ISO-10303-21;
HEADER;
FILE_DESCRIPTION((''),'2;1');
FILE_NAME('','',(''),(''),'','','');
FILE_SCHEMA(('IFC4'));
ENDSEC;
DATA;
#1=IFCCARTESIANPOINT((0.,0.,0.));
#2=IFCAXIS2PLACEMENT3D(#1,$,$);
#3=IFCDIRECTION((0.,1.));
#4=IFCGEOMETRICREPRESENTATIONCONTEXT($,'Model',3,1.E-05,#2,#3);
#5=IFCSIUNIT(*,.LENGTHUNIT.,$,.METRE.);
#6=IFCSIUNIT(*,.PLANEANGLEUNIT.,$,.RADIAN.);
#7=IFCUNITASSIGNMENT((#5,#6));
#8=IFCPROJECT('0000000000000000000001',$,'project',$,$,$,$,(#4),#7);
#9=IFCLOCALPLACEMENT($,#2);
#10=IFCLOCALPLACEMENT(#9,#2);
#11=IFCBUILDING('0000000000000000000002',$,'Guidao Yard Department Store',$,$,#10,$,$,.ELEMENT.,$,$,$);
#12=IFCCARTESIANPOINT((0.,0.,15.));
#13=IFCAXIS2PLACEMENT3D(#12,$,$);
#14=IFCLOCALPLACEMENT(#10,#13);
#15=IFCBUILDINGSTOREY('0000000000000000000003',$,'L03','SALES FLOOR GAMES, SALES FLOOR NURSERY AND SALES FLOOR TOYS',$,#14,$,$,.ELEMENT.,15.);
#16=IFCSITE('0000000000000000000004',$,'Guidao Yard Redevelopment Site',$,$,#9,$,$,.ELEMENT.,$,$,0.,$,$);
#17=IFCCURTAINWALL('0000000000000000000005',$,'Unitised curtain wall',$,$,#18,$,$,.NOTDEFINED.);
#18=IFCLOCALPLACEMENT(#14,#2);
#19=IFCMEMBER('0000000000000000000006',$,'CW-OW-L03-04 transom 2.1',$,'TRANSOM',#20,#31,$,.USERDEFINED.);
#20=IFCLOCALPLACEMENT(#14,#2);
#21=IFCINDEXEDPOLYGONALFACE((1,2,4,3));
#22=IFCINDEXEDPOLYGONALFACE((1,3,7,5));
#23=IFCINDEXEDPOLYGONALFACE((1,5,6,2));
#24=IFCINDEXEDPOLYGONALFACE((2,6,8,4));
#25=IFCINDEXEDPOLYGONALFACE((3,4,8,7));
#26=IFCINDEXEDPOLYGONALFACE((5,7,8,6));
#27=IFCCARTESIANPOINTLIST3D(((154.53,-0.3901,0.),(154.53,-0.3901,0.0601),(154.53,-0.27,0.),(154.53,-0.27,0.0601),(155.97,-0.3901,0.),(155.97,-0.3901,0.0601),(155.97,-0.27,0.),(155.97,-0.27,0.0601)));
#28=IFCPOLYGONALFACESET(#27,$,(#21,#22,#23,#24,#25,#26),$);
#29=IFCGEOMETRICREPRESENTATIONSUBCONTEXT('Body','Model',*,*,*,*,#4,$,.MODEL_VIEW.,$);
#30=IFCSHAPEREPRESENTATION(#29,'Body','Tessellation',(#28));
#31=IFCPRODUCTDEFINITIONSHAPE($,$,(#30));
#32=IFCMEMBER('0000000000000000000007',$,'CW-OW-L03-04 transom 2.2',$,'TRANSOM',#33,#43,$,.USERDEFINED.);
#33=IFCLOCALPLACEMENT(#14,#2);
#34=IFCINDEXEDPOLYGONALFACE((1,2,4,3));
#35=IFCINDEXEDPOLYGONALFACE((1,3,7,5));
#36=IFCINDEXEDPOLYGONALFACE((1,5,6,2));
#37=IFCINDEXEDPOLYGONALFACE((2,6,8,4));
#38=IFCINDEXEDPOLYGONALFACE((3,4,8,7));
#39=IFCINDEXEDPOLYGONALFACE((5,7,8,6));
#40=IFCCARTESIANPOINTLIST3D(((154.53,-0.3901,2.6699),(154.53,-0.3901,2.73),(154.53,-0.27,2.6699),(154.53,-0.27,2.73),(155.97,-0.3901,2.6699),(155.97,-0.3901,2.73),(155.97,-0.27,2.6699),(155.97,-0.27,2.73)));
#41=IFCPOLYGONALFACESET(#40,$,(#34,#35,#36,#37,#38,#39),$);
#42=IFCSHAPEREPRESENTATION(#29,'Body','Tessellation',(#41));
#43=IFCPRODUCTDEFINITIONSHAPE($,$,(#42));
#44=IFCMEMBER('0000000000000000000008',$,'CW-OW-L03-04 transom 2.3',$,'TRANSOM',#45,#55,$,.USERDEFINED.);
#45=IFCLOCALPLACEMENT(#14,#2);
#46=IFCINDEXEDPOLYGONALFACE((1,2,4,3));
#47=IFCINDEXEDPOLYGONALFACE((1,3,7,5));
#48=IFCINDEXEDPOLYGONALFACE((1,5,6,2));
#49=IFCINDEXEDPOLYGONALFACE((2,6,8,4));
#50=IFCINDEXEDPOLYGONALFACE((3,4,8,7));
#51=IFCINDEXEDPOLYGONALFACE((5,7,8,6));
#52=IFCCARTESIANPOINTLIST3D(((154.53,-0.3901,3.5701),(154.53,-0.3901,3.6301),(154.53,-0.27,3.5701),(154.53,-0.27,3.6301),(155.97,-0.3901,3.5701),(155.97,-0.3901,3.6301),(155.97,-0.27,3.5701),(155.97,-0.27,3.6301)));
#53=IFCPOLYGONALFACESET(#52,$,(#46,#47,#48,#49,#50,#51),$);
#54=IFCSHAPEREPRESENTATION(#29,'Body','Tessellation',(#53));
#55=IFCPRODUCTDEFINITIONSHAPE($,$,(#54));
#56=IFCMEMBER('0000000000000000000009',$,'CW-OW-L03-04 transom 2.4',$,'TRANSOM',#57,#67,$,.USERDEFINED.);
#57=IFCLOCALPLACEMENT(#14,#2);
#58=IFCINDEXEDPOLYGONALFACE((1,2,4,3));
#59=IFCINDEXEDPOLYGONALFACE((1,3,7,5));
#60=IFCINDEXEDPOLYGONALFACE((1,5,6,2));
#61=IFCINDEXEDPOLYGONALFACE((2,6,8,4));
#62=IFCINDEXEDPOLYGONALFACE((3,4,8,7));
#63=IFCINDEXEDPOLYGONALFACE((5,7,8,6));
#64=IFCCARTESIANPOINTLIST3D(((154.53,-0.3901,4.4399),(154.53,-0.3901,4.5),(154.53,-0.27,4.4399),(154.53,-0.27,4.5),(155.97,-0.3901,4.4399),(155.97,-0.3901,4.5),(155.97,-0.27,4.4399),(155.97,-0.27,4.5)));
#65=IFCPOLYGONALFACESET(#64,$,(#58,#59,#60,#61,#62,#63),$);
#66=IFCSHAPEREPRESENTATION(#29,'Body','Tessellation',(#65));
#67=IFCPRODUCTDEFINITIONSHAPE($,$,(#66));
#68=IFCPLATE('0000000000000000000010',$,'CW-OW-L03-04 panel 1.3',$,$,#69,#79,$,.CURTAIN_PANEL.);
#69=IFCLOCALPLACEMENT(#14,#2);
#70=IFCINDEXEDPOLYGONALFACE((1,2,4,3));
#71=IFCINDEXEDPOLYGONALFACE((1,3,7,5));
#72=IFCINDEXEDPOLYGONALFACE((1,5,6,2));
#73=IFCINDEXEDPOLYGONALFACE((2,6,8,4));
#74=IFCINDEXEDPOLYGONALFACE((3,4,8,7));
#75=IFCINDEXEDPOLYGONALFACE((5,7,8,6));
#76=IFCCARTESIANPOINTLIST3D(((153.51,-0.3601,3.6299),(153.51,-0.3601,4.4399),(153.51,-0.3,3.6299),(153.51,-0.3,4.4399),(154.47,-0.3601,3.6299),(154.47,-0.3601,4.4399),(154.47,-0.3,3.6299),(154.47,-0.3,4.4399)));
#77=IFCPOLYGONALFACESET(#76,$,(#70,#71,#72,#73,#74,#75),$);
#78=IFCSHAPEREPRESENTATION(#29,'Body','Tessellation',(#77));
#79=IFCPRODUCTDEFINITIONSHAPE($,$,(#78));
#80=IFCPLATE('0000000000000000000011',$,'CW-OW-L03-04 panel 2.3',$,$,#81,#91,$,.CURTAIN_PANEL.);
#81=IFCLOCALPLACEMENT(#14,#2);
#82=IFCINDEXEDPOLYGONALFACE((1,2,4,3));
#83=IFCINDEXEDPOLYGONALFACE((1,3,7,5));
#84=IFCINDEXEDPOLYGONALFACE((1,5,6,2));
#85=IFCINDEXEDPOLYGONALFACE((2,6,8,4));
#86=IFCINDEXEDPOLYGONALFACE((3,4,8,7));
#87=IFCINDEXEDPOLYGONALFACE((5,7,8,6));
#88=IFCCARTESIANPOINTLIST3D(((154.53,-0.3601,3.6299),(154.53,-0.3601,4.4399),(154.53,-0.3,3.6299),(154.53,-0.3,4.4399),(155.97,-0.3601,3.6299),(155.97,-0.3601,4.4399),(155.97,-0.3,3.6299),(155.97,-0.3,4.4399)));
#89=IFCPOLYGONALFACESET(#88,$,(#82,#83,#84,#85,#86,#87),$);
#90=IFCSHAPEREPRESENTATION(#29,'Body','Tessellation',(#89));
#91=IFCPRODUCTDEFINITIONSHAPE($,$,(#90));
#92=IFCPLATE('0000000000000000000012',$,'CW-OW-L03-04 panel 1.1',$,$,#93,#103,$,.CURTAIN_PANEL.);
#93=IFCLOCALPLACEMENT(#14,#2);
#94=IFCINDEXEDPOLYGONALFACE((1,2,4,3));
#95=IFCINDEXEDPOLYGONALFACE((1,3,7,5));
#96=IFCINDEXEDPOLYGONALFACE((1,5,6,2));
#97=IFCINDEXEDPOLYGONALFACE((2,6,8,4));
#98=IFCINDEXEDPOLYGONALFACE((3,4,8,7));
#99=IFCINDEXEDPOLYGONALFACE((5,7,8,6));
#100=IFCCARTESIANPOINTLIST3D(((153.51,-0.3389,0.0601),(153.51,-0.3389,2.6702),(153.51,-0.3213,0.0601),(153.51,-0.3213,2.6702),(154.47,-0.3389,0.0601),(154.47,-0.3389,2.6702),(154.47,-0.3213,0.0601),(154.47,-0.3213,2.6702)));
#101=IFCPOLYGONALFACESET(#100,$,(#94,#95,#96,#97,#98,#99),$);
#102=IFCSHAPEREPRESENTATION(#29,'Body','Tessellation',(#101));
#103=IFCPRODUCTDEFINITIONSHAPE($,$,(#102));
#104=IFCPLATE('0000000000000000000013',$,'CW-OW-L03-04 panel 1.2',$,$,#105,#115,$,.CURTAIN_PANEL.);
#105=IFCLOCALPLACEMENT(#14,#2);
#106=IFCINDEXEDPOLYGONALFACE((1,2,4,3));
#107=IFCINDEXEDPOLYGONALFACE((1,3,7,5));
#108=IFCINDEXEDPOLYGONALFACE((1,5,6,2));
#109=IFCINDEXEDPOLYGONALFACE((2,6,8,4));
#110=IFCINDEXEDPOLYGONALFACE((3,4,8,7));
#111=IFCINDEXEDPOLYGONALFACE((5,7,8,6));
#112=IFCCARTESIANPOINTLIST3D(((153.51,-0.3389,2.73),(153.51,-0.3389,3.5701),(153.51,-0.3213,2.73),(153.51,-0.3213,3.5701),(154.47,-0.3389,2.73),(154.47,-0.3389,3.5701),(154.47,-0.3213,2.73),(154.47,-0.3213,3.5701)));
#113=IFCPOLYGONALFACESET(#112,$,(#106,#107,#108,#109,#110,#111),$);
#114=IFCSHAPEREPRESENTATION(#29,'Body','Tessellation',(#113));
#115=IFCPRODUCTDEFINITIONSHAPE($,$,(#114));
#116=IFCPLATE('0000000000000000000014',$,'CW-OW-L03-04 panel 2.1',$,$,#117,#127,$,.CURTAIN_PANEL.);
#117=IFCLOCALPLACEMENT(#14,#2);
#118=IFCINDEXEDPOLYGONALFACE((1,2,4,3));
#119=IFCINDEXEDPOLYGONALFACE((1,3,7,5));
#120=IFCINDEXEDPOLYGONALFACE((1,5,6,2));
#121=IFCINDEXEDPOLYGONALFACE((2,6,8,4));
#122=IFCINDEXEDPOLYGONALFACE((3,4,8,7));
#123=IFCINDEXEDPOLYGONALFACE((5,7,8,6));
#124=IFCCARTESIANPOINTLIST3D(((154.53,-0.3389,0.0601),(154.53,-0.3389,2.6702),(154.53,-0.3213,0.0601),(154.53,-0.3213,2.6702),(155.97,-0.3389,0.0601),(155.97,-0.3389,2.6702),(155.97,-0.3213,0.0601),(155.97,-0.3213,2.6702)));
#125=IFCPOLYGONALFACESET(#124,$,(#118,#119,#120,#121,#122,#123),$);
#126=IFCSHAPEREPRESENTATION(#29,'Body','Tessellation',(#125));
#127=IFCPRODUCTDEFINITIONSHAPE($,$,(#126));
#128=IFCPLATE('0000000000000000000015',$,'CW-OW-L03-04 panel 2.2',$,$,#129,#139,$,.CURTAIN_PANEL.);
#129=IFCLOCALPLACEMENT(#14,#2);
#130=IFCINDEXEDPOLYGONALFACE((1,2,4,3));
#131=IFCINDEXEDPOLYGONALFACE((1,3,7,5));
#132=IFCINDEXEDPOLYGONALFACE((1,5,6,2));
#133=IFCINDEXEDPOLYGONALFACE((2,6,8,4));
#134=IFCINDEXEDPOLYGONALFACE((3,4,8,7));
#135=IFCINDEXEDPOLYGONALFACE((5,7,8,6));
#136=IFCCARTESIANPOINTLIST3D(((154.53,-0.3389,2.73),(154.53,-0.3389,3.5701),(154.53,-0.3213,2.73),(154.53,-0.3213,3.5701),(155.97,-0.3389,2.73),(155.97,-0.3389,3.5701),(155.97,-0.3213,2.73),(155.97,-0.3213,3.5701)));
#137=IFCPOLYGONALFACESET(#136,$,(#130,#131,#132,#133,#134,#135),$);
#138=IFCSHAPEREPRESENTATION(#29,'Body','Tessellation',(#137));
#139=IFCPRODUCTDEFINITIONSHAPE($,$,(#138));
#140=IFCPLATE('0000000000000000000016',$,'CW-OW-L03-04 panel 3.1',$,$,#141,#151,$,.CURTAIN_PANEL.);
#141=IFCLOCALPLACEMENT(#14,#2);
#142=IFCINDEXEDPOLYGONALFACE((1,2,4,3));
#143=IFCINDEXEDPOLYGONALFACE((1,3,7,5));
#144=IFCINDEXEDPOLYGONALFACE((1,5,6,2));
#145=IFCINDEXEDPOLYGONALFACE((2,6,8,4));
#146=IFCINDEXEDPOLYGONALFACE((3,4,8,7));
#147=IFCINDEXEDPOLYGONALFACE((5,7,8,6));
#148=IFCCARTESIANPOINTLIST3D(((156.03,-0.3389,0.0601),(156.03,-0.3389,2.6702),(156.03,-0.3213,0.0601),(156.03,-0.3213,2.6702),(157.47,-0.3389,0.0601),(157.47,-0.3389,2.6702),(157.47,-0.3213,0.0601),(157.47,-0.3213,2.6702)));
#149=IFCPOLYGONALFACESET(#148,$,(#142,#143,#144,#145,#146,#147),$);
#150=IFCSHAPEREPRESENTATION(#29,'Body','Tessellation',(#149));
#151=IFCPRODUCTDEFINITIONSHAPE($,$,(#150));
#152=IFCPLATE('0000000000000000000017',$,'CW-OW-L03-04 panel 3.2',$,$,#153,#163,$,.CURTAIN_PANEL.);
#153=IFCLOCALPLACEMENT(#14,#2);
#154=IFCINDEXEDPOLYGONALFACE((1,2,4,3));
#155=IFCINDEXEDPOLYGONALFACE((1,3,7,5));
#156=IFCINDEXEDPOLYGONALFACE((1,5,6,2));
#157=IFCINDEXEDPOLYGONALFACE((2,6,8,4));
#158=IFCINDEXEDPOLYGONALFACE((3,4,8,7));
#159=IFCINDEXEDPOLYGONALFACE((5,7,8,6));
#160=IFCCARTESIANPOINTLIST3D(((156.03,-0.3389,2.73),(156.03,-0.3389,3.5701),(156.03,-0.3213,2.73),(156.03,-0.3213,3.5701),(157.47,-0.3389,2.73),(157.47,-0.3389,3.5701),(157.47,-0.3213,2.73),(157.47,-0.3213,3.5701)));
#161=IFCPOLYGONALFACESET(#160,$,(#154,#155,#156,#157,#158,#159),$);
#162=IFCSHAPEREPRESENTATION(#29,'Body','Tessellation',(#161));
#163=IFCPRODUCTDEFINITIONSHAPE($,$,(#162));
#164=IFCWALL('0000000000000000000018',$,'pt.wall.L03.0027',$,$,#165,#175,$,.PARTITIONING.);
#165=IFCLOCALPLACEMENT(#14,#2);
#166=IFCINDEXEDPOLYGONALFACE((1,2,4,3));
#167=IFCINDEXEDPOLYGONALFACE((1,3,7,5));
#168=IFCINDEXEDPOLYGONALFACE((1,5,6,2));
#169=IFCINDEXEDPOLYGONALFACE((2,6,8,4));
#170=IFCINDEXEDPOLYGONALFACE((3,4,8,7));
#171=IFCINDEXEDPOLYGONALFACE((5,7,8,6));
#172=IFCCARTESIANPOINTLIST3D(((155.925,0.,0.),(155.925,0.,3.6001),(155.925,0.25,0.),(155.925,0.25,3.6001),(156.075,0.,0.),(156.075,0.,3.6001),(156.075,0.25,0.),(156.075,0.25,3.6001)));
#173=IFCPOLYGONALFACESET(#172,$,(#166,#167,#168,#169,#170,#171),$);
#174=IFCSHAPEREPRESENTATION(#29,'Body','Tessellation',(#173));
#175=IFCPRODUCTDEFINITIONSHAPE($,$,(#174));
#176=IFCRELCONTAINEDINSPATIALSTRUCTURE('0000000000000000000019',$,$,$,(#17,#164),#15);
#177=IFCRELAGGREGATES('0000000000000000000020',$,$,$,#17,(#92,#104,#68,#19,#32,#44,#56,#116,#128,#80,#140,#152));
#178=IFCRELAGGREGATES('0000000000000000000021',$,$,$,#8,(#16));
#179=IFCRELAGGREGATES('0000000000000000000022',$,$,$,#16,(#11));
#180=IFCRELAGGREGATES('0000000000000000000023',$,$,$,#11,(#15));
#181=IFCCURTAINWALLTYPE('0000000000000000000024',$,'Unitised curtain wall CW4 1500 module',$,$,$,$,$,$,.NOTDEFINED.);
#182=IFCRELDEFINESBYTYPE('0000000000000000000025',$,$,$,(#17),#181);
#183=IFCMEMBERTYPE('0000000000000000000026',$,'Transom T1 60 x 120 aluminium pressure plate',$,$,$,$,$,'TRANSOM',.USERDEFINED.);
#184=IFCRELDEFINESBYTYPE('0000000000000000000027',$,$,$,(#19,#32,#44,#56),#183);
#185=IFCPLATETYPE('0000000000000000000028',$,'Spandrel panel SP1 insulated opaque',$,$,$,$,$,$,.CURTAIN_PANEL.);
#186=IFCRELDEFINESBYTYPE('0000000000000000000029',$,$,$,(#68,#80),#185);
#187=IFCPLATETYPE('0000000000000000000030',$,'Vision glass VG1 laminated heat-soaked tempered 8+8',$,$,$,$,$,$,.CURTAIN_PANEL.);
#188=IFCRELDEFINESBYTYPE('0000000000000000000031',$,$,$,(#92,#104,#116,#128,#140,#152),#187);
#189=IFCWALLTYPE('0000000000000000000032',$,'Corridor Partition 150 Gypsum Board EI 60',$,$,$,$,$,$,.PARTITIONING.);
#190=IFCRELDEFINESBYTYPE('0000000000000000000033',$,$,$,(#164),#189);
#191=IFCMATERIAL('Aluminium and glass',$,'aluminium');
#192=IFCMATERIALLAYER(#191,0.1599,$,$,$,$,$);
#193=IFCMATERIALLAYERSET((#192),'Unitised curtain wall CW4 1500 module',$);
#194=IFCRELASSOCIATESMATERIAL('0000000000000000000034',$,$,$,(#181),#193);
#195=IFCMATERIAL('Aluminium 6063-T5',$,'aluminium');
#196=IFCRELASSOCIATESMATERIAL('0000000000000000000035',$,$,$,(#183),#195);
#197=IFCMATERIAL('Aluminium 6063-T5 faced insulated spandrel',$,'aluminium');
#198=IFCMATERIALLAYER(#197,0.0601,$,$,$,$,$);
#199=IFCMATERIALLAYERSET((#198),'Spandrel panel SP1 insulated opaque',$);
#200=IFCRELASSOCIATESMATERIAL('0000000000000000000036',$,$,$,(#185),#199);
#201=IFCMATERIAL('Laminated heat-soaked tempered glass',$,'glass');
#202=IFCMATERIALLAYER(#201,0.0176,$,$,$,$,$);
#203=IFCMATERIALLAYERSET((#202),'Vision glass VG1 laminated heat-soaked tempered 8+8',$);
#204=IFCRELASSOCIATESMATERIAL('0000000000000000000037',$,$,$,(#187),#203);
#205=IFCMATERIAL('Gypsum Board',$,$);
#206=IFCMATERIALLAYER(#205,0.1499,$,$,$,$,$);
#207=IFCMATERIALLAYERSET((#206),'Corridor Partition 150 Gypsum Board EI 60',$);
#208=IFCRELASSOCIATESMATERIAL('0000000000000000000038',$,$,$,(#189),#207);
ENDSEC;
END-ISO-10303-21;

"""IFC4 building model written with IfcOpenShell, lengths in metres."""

from ifc_helpers import new_model, si_unit, direction, frame, frame_2d, origin, origin_2d, place, context, subcontext, project, spatial, rectangle, extrude, material, layer, layer_set, material_profile, profile_set, type_object, element, aggregate, save


model = new_model("IFC4")

# Units and contexts
model_context = context("Model", 3, precision=1e-05, world=origin(), true_north=direction((0.0, 1.0)))
body_context = subcontext(model_context, "Body", "Model", "MODEL_VIEW")
ifc_project = project(units=[si_unit("LENGTHUNIT", "METRE"), si_unit("PLANEANGLEUNIT", "RADIAN")], contexts=[model_context])

# Site, building, storey
site_placement = place(None, origin())
site = spatial("IfcSite", under=ifc_project, at=site_placement, Name="Guidao Yard Redevelopment Site", CompositionType="ELEMENT", RefElevation=0.0)
building_placement = place(site_placement, origin())
building = spatial("IfcBuilding", under=site, at=building_placement, Name="Guidao Yard Department Store", CompositionType="ELEMENT")
storey_placement = place(building_placement, frame((0.0, 0.0, 15.0)))
storey = spatial("IfcBuildingStorey", under=building, at=storey_placement, Name="L03", Description="SALES FLOOR GAMES, SALES FLOOR NURSERY AND SALES FLOOR TOYS", CompositionType="ELEMENT", Elevation=15.0)

# Shared definitions
ifc_material_1 = material(Name="Aluminium and glass", Category="aluminium")
ifc_layer_1 = layer(ifc_material_1, 0.1599)
ifc_layer_set_1 = layer_set([ifc_layer_1], Name="Unitised curtain wall CW4 1500 module")
curtain_wall_type = type_object("IfcCurtainWallType", Name="Unitised curtain wall CW4 1500 module", PredefinedType="NOTDEFINED", material=ifc_layer_set_1)

# Curtain wall
curtain_wall_1_placement = place(storey_placement, origin())
curtain_wall_1 = element("IfcCurtainWall", 1, at=curtain_wall_1_placement, inside=storey, type_object=curtain_wall_type, Name="Unitised curtain wall", PredefinedType="NOTDEFINED")

# Members
ifc_material_2 = material(Name="Aluminium 6063-T5", Category="aluminium")
ifc_material_profile_1 = material_profile(ifc_material_2, rectangle(XDim=0.1201, YDim=0.0601, at=origin_2d()), Name="Transom T1 60 x 120 aluminium pressure plate")
ifc_profile_set_1 = profile_set([ifc_material_profile_1], Name="Aluminium 6063-T5")
member_type_1 = type_object("IfcMemberType", Name="Transom T1 60 x 120 aluminium pressure plate", ElementType="TRANSOM", PredefinedType="USERDEFINED", material=ifc_profile_set_1)
member_1_placement = place(storey_placement, frame((155.97, -0.3301, 0.03), z_axis=(-1.0, 0.0, 0.0), x_axis=(0.0, -1.0, 0.0)))
member_1 = element("IfcMember", 2, at=member_1_placement, type_object=member_type_1, Name="CW-OW-L03-04 transom 2.1", ObjectType="TRANSOM", PredefinedType="USERDEFINED", context=body_context, shape_type="SweptSolid", body=[
    extrude(rectangle(XDim=0.1201, YDim=0.0601, at=origin_2d()), origin(), (0.0, 0.0, 1.0), 1.4399),
])
member_2_placement = place(storey_placement, frame((155.97, -0.3301, 2.7), z_axis=(-1.0, 0.0, 0.0), x_axis=(0.0, -1.0, 0.0)))
member_2 = element("IfcMember", 3, at=member_2_placement, type_object=member_type_1, Name="CW-OW-L03-04 transom 2.2", ObjectType="TRANSOM", PredefinedType="USERDEFINED", context=body_context, shape_type="SweptSolid", body=[
    extrude(rectangle(XDim=0.1201, YDim=0.0601, at=origin_2d()), origin(), (0.0, 0.0, 1.0), 1.4399),
])
member_3_placement = place(storey_placement, frame((155.97, -0.3301, 3.6001), z_axis=(-1.0, 0.0, 0.0), x_axis=(0.0, -1.0, 0.0)))
member_3 = element("IfcMember", 4, at=member_3_placement, type_object=member_type_1, Name="CW-OW-L03-04 transom 2.3", ObjectType="TRANSOM", PredefinedType="USERDEFINED", context=body_context, shape_type="SweptSolid", body=[
    extrude(rectangle(XDim=0.1201, YDim=0.0601, at=origin_2d()), origin(), (0.0, 0.0, 1.0), 1.4399),
])
member_4_placement = place(storey_placement, frame((155.97, -0.3301, 4.47), z_axis=(-1.0, 0.0, 0.0), x_axis=(0.0, -1.0, 0.0)))
member_4 = element("IfcMember", 5, at=member_4_placement, type_object=member_type_1, Name="CW-OW-L03-04 transom 2.4", ObjectType="TRANSOM", PredefinedType="USERDEFINED", context=body_context, shape_type="SweptSolid", body=[
    extrude(rectangle(XDim=0.1201, YDim=0.0601, at=origin_2d()), origin(), (0.0, 0.0, 1.0), 1.4399),
])

# Plates
ifc_material_3 = material(Name="Aluminium 6063-T5 faced insulated spandrel", Category="aluminium")
ifc_layer_2 = layer(ifc_material_3, 0.0601)
ifc_layer_set_2 = layer_set([ifc_layer_2], Name="Spandrel panel SP1 insulated opaque")
plate_type_1 = type_object("IfcPlateType", Name="Spandrel panel SP1 insulated opaque", PredefinedType="CURTAIN_PANEL", material=ifc_layer_set_2)
plate_1_placement = place(storey_placement, frame((153.99, -0.3301, 3.6299), z_axis=(0.0, 0.0, 1.0), x_axis=(-1.0, 0.0, 0.0)))
plate_1 = element("IfcPlate", 6, at=plate_1_placement, type_object=plate_type_1, Name="CW-OW-L03-04 panel 1.3", PredefinedType="CURTAIN_PANEL", context=body_context, shape_type="SweptSolid", body=[
    extrude(rectangle(XDim=0.96, YDim=0.0601, at=origin_2d()), origin(), (0.0, 0.0, 1.0), 0.8101),
])
plate_2_placement = place(storey_placement, frame((155.25, -0.3301, 3.6299), z_axis=(0.0, 0.0, 1.0), x_axis=(-1.0, 0.0, 0.0)))
plate_2 = element("IfcPlate", 7, at=plate_2_placement, type_object=plate_type_1, Name="CW-OW-L03-04 panel 2.3", PredefinedType="CURTAIN_PANEL", context=body_context, shape_type="SweptSolid", body=[
    extrude(rectangle(XDim=1.4399, YDim=0.0601, at=origin_2d()), origin(), (0.0, 0.0, 1.0), 0.8101),
])
ifc_material_4 = material(Name="Laminated heat-soaked tempered glass", Category="glass")
ifc_layer_3 = layer(ifc_material_4, 0.0176)
ifc_layer_set_3 = layer_set([ifc_layer_3], Name="Vision glass VG1 laminated heat-soaked tempered 8+8")
plate_type_2 = type_object("IfcPlateType", Name="Vision glass VG1 laminated heat-soaked tempered 8+8", PredefinedType="CURTAIN_PANEL", material=ifc_layer_set_3)
plate_3_placement = place(storey_placement, frame((153.99, -0.3301, 0.0601), z_axis=(0.0, 0.0, 1.0), x_axis=(-1.0, 0.0, 0.0)))
plate_3 = element("IfcPlate", 8, at=plate_3_placement, type_object=plate_type_2, Name="CW-OW-L03-04 panel 1.1", PredefinedType="CURTAIN_PANEL", context=body_context, shape_type="SweptSolid", body=[
    extrude(rectangle(XDim=0.96, YDim=0.0176, at=origin_2d()), origin(), (0.0, 0.0, 1.0), 2.6101),
])
plate_4_placement = place(storey_placement, frame((153.99, -0.3301, 2.73), z_axis=(0.0, 0.0, 1.0), x_axis=(-1.0, 0.0, 0.0)))
plate_4 = element("IfcPlate", 9, at=plate_4_placement, type_object=plate_type_2, Name="CW-OW-L03-04 panel 1.2", PredefinedType="CURTAIN_PANEL", context=body_context, shape_type="SweptSolid", body=[
    extrude(rectangle(XDim=0.96, YDim=0.0176, at=origin_2d()), origin(), (0.0, 0.0, 1.0), 0.8401),
])
plate_5_placement = place(storey_placement, frame((155.25, -0.3301, 0.0601), z_axis=(0.0, 0.0, 1.0), x_axis=(-1.0, 0.0, 0.0)))
plate_5 = element("IfcPlate", 10, at=plate_5_placement, type_object=plate_type_2, Name="CW-OW-L03-04 panel 2.1", PredefinedType="CURTAIN_PANEL", context=body_context, shape_type="SweptSolid", body=[
    extrude(rectangle(XDim=1.4399, YDim=0.0176, at=origin_2d()), origin(), (0.0, 0.0, 1.0), 2.6101),
])
plate_6_placement = place(storey_placement, frame((155.25, -0.3301, 2.73), z_axis=(0.0, 0.0, 1.0), x_axis=(-1.0, 0.0, 0.0)))
plate_6 = element("IfcPlate", 11, at=plate_6_placement, type_object=plate_type_2, Name="CW-OW-L03-04 panel 2.2", PredefinedType="CURTAIN_PANEL", context=body_context, shape_type="SweptSolid", body=[
    extrude(rectangle(XDim=1.4399, YDim=0.0176, at=origin_2d()), origin(), (0.0, 0.0, 1.0), 0.8401),
])
plate_7_placement = place(storey_placement, frame((156.75, -0.3301, 0.0601), z_axis=(0.0, 0.0, 1.0), x_axis=(-1.0, 0.0, 0.0)))
plate_7 = element("IfcPlate", 12, at=plate_7_placement, type_object=plate_type_2, Name="CW-OW-L03-04 panel 3.1", PredefinedType="CURTAIN_PANEL", context=body_context, shape_type="SweptSolid", body=[
    extrude(rectangle(XDim=1.4399, YDim=0.0176, at=origin_2d()), origin(), (0.0, 0.0, 1.0), 2.6101),
])
plate_8_placement = place(storey_placement, frame((156.75, -0.3301, 2.73), z_axis=(0.0, 0.0, 1.0), x_axis=(-1.0, 0.0, 0.0)))
plate_8 = element("IfcPlate", 13, at=plate_8_placement, type_object=plate_type_2, Name="CW-OW-L03-04 panel 3.2", PredefinedType="CURTAIN_PANEL", context=body_context, shape_type="SweptSolid", body=[
    extrude(rectangle(XDim=1.4399, YDim=0.0176, at=origin_2d()), origin(), (0.0, 0.0, 1.0), 0.8401),
])
aggregate(curtain_wall_1, [plate_3, plate_4, plate_1, member_1, member_2, member_3, member_4, plate_5, plate_6, plate_2, plate_7, plate_8])

# Wall
ifc_material_5 = material(Name="Gypsum Board")
ifc_layer_4 = layer(ifc_material_5, 0.1499)
ifc_layer_set_4 = layer_set([ifc_layer_4], Name="Corridor Partition 150 Gypsum Board EI 60")
wall_type = type_object("IfcWallType", Name="Corridor Partition 150 Gypsum Board EI 60", PredefinedType="PARTITIONING", material=ifc_layer_set_4)
wall_1_placement = place(storey_placement, frame((156.0, 0.0, 0.0), z_axis=(0.0, 0.0, 1.0), x_axis=(0.0, 1.0, 0.0)))
element("IfcWall", 14, at=wall_1_placement, inside=storey, type_object=wall_type, Name="pt.wall.L03.0027", PredefinedType="PARTITIONING", context=body_context, shape_type="SweptSolid", body=[
    extrude(rectangle(XDim=0.25, YDim=0.1499, at=frame_2d((0.125, 0.0))), origin(), (0.0, 0.0, 1.0), 3.6001),
])

save(model, "model.ifc")
